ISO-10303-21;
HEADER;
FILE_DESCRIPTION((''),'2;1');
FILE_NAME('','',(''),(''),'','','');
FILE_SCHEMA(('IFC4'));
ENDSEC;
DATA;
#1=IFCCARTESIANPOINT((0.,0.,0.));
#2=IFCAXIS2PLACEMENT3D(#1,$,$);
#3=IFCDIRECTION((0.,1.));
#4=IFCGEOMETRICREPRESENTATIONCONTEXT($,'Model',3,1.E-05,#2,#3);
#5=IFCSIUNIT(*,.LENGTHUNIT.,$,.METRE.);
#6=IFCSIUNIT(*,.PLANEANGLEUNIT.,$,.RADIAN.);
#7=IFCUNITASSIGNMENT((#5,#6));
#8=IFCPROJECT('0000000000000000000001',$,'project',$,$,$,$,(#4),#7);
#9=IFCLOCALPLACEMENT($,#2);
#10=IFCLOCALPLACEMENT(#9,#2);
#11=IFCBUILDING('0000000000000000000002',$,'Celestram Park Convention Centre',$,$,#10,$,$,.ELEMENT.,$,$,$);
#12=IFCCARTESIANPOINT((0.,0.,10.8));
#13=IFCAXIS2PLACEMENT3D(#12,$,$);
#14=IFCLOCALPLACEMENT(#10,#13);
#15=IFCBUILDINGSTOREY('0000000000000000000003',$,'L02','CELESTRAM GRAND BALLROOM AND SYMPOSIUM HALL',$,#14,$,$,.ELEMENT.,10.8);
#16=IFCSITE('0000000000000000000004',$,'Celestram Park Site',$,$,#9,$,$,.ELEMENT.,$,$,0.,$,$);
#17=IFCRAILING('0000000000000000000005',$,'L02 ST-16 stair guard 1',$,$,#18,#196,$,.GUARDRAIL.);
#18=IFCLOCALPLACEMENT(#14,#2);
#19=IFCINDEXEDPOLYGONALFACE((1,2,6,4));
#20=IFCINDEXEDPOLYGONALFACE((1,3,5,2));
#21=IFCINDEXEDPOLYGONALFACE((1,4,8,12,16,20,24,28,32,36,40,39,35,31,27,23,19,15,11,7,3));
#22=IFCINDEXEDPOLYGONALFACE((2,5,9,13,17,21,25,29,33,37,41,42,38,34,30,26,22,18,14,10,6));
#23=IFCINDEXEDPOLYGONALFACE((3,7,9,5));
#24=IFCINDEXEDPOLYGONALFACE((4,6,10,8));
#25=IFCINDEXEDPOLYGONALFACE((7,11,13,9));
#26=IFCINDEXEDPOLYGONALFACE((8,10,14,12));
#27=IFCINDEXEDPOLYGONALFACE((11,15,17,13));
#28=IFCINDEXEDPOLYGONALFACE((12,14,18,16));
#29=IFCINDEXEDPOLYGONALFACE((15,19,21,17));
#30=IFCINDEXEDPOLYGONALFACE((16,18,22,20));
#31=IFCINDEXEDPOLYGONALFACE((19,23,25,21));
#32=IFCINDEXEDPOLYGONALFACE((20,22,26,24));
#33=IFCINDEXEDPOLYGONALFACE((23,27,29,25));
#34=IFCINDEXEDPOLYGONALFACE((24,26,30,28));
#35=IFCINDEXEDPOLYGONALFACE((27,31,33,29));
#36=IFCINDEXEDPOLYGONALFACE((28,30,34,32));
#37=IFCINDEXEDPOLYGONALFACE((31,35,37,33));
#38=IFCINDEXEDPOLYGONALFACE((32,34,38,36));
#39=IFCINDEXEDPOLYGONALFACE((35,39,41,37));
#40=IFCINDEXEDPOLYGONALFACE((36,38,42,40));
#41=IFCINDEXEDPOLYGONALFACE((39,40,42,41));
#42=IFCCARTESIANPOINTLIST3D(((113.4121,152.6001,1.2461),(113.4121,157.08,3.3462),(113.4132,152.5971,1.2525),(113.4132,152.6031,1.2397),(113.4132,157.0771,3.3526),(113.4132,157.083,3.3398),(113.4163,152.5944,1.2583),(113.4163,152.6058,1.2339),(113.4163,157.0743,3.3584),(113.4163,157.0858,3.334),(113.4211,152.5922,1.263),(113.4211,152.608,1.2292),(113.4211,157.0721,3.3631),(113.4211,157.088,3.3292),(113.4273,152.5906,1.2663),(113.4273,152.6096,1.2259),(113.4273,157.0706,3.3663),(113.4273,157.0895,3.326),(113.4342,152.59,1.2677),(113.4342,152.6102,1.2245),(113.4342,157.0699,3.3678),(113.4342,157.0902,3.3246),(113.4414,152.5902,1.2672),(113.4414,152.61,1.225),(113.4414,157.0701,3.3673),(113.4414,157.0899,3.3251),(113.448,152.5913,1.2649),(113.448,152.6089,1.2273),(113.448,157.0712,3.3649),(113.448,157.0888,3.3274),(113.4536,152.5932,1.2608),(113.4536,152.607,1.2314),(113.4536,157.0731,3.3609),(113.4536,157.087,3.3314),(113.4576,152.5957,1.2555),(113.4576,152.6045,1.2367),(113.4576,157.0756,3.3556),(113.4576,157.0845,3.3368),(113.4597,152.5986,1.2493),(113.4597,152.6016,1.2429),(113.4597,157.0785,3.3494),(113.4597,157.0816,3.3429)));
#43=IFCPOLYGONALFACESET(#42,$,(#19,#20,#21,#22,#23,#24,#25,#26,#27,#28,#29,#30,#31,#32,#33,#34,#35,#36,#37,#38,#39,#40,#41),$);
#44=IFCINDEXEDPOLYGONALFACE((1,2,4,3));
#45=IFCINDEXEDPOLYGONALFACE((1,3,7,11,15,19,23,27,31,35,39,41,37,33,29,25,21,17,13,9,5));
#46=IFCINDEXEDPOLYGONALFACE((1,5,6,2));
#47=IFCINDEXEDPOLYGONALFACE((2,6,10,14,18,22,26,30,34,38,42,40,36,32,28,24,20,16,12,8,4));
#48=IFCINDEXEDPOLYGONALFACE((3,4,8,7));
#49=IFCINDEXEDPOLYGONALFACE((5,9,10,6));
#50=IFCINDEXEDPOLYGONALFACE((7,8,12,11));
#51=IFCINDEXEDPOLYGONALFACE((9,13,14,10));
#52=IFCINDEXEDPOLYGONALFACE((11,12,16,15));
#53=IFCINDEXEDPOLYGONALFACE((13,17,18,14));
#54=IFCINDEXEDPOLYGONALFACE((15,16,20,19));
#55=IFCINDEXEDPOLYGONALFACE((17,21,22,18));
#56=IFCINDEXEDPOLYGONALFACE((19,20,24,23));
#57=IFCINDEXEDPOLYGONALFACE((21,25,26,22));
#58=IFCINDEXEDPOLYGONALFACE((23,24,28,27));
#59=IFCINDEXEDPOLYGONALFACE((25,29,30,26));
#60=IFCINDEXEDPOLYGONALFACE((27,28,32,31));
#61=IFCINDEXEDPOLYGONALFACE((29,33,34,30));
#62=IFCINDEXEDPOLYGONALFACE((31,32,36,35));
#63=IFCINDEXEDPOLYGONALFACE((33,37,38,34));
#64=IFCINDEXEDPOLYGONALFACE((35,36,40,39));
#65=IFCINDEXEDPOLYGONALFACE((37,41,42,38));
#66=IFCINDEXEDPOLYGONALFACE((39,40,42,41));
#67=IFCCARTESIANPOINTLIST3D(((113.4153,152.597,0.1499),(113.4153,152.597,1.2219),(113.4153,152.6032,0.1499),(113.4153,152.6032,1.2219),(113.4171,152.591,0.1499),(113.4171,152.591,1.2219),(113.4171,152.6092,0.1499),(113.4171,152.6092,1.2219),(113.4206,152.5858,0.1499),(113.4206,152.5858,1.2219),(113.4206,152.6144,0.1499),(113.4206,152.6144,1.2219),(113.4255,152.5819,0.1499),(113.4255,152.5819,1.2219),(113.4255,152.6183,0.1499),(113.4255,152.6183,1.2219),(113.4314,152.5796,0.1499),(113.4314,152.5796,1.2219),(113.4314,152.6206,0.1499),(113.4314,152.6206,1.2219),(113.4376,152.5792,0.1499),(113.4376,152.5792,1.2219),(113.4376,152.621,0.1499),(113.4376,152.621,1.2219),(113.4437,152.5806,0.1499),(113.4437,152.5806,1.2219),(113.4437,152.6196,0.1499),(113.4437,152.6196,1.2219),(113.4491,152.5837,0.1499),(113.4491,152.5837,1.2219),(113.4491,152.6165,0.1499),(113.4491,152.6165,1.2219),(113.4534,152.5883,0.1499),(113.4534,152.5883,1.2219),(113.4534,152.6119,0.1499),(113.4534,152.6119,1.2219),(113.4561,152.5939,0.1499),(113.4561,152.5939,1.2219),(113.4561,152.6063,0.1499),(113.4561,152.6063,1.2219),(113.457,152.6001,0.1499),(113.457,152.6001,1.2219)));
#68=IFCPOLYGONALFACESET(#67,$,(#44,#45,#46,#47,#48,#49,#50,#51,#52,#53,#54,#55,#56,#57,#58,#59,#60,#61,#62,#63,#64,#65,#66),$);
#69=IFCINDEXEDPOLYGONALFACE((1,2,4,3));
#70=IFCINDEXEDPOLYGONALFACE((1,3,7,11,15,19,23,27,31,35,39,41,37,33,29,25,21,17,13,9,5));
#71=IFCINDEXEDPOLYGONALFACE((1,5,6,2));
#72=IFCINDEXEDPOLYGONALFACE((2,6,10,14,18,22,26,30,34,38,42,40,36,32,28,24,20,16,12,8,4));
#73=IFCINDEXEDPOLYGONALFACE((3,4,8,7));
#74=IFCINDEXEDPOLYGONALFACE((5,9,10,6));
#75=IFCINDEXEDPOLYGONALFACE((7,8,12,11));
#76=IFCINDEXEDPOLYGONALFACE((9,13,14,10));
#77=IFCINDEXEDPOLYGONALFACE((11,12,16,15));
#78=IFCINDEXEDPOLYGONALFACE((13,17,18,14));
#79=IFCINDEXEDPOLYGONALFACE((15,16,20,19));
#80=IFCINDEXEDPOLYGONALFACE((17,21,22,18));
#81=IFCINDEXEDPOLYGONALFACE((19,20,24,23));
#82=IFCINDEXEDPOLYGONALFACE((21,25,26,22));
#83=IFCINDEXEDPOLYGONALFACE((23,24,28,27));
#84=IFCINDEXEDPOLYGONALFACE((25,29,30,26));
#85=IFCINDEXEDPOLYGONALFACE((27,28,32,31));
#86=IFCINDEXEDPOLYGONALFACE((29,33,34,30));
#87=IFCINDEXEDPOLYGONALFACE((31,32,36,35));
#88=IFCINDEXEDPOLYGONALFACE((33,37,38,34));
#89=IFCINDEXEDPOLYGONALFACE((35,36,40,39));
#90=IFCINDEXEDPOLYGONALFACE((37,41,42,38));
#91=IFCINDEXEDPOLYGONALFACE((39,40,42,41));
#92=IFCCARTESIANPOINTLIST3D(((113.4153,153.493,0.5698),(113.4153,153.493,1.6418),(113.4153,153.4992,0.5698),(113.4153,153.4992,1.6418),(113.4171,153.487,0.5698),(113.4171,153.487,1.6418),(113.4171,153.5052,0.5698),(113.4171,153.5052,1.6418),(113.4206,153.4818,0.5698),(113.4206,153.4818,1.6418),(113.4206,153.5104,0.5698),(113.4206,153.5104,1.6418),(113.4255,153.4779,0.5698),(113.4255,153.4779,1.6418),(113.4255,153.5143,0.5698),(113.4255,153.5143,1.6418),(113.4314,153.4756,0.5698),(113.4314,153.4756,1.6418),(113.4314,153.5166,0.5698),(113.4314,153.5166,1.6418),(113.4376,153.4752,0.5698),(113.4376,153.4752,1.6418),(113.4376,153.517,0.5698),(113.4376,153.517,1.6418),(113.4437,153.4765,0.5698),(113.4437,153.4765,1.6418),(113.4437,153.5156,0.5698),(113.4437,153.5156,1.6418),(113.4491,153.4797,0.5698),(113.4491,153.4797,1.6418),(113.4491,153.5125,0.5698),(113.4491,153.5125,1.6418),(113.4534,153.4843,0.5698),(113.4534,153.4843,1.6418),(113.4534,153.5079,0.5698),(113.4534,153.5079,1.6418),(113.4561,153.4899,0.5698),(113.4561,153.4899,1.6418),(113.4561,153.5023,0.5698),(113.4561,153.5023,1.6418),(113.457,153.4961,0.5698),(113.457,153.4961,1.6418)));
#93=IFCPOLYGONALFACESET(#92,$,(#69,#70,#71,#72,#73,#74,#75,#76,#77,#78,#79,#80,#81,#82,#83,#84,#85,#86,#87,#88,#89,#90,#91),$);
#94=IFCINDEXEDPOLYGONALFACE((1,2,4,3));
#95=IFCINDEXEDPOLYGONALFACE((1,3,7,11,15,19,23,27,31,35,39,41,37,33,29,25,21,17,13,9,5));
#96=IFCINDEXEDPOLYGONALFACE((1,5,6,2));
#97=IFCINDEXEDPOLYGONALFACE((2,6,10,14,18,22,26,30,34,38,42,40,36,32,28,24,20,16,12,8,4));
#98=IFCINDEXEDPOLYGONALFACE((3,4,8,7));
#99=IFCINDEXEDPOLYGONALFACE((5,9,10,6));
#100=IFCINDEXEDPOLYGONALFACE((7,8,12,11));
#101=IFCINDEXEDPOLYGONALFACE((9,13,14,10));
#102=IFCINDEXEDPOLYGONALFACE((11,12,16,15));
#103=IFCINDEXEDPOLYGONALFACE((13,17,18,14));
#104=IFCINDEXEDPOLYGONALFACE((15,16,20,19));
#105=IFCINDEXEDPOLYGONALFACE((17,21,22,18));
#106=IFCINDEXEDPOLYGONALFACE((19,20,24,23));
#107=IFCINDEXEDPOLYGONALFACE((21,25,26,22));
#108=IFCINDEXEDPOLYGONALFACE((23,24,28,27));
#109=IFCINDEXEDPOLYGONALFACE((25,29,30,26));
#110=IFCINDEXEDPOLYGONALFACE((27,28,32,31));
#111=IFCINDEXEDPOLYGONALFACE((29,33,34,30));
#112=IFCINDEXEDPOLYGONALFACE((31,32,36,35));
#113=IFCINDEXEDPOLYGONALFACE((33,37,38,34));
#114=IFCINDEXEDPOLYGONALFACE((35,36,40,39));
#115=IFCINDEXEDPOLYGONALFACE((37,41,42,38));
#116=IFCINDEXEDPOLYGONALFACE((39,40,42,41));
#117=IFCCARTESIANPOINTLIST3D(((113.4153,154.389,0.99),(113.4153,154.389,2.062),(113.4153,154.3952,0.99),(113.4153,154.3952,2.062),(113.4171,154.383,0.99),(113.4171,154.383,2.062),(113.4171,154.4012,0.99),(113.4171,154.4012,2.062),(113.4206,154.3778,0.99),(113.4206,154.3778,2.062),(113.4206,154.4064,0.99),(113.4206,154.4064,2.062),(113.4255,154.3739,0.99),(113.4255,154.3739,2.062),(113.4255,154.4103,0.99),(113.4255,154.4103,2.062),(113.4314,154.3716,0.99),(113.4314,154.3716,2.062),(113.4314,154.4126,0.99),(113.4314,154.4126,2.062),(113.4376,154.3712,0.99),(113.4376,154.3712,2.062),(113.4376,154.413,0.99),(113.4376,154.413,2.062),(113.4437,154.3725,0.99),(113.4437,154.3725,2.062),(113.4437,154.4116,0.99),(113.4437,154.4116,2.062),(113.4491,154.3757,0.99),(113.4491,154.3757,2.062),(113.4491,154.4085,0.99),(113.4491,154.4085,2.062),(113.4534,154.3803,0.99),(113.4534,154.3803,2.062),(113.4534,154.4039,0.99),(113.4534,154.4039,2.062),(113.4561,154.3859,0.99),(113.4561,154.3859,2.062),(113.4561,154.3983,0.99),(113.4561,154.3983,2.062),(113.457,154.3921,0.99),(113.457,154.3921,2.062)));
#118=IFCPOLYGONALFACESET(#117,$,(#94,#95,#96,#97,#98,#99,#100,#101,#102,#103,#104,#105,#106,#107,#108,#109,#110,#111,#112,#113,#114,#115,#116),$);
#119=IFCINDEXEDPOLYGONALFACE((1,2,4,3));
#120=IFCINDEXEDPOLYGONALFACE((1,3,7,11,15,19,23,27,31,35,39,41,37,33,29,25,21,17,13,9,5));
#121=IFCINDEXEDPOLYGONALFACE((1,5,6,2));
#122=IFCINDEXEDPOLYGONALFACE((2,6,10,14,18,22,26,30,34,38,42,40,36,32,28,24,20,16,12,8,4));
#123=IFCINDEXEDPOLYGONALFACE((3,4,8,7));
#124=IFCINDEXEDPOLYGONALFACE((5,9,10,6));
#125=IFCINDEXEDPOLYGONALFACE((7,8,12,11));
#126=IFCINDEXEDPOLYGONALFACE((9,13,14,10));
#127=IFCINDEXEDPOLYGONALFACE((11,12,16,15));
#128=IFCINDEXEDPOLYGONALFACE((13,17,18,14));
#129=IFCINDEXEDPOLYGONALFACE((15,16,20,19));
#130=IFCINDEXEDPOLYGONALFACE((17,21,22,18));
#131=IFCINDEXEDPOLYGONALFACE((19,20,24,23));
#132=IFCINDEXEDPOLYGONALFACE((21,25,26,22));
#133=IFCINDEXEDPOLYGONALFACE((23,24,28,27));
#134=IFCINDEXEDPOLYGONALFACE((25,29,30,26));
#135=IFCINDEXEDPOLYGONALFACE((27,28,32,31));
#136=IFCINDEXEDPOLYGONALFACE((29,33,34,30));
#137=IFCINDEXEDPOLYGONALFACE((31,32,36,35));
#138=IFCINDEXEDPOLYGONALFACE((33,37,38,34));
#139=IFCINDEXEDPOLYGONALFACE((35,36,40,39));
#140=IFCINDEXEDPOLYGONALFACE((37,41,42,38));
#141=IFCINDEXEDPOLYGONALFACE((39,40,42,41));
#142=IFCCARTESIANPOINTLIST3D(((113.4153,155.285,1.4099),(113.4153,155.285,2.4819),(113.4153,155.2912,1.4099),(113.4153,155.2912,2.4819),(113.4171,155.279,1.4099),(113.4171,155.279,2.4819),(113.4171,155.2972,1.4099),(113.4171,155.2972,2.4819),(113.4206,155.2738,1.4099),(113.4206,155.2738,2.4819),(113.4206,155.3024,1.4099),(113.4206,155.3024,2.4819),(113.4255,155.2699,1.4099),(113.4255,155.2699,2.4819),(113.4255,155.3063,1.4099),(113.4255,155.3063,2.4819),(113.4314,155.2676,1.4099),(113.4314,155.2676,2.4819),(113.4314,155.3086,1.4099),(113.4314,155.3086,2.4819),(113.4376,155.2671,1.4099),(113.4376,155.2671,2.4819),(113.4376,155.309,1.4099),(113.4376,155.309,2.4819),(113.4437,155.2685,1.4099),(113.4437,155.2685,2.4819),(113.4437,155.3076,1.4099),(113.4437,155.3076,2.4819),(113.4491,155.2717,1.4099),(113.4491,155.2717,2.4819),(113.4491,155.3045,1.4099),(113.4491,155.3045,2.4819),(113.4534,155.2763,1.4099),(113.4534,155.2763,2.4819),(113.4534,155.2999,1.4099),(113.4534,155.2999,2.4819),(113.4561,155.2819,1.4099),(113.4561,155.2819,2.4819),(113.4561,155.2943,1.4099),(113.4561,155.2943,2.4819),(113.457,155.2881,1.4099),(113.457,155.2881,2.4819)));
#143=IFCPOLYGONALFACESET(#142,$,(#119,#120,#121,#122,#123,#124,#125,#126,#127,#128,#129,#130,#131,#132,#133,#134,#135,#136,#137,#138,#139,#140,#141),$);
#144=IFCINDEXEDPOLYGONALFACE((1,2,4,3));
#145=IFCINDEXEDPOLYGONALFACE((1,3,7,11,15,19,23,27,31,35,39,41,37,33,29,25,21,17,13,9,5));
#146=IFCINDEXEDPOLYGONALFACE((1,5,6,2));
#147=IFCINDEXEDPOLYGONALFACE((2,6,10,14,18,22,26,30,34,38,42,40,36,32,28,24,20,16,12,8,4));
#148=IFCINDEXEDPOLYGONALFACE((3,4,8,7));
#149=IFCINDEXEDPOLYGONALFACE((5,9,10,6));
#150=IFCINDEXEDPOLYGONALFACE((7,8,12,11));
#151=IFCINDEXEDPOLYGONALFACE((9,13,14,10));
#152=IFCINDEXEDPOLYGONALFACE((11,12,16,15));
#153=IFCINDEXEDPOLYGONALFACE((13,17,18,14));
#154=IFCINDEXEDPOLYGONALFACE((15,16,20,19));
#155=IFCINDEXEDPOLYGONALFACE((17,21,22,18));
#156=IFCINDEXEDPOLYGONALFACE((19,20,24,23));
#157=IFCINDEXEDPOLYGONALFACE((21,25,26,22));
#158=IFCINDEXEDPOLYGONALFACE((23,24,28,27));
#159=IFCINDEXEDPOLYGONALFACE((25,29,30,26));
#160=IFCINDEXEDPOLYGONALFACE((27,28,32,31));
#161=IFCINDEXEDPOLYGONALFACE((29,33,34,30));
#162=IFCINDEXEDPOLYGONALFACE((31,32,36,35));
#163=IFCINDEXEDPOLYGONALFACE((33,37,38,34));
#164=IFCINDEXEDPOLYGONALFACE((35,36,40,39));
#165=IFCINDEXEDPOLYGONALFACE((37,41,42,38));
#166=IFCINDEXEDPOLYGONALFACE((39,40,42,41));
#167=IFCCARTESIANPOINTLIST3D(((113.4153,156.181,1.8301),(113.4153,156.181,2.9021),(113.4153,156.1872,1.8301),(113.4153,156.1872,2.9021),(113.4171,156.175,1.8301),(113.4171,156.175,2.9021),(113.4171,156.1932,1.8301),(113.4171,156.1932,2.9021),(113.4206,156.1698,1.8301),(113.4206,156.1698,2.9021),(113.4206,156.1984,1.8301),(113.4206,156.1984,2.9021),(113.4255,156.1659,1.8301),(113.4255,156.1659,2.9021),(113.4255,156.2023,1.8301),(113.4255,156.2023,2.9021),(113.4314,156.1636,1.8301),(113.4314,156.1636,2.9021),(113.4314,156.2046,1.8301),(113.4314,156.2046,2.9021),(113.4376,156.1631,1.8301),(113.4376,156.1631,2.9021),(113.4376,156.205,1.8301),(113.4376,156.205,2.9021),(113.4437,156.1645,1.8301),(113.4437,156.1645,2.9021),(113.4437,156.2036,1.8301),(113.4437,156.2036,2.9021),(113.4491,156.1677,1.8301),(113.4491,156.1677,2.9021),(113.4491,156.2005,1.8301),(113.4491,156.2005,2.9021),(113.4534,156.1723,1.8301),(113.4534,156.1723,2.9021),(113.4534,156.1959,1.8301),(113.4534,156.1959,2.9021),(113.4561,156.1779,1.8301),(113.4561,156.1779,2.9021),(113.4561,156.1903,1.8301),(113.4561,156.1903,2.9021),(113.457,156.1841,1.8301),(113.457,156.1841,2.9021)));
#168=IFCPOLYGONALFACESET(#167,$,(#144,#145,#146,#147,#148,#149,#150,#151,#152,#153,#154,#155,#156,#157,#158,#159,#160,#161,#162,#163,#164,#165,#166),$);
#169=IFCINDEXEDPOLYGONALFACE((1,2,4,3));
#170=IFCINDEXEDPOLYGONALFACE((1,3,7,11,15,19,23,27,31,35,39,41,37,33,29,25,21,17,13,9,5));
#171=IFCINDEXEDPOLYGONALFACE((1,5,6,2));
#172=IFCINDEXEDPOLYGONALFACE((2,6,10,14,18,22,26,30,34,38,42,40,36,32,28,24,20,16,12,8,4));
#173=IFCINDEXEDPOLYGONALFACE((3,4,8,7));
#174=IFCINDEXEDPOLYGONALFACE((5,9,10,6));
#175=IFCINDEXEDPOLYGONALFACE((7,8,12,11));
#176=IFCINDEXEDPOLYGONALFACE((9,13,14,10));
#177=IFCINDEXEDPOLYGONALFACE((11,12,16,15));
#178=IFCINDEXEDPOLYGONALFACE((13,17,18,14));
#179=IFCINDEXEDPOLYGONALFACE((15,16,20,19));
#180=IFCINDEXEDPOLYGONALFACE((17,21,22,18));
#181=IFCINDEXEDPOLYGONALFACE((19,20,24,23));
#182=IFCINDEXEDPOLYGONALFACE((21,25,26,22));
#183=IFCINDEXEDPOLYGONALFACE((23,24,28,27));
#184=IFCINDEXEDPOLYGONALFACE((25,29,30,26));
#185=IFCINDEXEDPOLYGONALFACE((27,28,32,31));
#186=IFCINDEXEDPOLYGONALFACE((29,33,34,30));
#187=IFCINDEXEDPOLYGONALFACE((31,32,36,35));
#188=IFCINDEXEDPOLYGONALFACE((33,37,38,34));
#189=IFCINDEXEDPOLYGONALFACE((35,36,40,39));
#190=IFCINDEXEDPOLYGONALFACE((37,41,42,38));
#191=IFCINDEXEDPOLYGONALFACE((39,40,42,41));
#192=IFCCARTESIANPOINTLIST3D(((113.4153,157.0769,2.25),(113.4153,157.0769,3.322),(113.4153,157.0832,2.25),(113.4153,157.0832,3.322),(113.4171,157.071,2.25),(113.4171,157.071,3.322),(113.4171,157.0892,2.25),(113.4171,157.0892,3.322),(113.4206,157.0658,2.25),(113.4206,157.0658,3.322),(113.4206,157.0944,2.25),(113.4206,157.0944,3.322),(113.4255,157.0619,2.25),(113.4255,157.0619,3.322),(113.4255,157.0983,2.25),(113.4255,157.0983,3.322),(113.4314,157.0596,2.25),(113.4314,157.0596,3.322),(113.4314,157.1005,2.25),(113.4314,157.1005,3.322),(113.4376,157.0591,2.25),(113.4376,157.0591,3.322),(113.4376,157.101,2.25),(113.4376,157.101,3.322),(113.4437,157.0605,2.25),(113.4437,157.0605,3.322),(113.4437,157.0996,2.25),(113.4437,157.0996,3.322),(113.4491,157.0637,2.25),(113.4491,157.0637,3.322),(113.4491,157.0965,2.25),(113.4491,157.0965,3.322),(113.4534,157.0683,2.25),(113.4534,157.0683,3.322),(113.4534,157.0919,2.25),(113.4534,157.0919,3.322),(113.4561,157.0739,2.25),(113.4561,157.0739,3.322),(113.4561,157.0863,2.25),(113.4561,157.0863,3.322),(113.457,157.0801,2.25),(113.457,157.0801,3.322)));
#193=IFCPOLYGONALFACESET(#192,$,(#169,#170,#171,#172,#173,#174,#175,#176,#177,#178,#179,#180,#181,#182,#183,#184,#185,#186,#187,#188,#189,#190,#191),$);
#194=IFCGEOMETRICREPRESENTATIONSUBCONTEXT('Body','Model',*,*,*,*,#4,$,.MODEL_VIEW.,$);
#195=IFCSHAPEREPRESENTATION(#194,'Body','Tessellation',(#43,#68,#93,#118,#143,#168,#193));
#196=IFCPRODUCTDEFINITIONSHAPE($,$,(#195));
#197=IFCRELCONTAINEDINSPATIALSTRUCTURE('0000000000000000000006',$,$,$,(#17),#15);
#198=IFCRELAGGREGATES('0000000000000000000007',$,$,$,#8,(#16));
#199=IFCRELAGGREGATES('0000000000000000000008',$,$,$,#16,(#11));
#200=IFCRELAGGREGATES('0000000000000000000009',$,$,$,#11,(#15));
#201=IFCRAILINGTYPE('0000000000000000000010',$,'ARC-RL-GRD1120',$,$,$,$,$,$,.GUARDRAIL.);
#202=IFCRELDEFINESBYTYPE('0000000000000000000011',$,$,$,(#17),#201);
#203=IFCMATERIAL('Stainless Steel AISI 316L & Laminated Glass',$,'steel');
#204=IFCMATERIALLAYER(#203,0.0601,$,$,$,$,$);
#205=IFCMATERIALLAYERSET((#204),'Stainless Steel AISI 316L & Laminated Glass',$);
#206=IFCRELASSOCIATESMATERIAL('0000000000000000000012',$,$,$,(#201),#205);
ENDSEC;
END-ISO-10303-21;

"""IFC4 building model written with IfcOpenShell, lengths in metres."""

from ifc_helpers import new_model, si_unit, direction, frame, origin, origin_2d, place, context, subcontext, project, spatial, circle, extrude, material, layer, layer_set, type_object, element, save


model = new_model("IFC4")

# Units and contexts
model_context = context("Model", 3, precision=1e-05, world=origin(), true_north=direction((0.0, 1.0)))
body_context = subcontext(model_context, "Body", "Model", "MODEL_VIEW")
ifc_project = project(units=[si_unit("LENGTHUNIT", "METRE"), si_unit("PLANEANGLEUNIT", "RADIAN")], contexts=[model_context])

# Site, building, storey
site_placement = place(None, origin())
site = spatial("IfcSite", under=ifc_project, at=site_placement, Name="Celestram Park Site", CompositionType="ELEMENT", RefElevation=0.0)
building_placement = place(site_placement, origin())
building = spatial("IfcBuilding", under=site, at=building_placement, Name="Celestram Park Convention Centre", CompositionType="ELEMENT")
storey_placement = place(building_placement, frame((0.0, 0.0, 10.8)))
storey = spatial("IfcBuildingStorey", under=building, at=storey_placement, Name="L02", Description="CELESTRAM GRAND BALLROOM AND SYMPOSIUM HALL", CompositionType="ELEMENT", Elevation=10.8)

# Railing
ifc_material_1 = material(Name="Stainless Steel AISI 316L & Laminated Glass", Category="steel")
ifc_layer_1 = layer(ifc_material_1, 0.0601)
ifc_layer_set_1 = layer_set([ifc_layer_1], Name="Stainless Steel AISI 316L & Laminated Glass")
railing_type = type_object("IfcRailingType", Name="ARC-RL-GRD1120", PredefinedType="GUARDRAIL", material=ifc_layer_set_1)
railing_1_placement = place(storey_placement, frame((113.436, 152.6001, 0.1499)))
element("IfcRailing", 1, at=railing_1_placement, inside=storey, type_object=railing_type, Name="L02 ST-16 stair guard 1", PredefinedType="GUARDRAIL", context=body_context, shape_type="SweptSolid", body=[
    extrude(circle(Radius=0.0239, at=origin_2d()), frame((0.0, 0.0, 1.0962), z_axis=(0.0, 0.905451, 0.424452), x_axis=(-1.0, 0.0, 0.0)), (0.0, 0.0, 1.0), 4.9478),
    extrude(circle(Radius=0.021, at=origin_2d()), origin(), (0.0, 0.0, 1.0), 1.072),
    extrude(circle(Radius=0.021, at=origin_2d()), frame((0.0, 0.896, 0.4199)), (0.0, 0.0, 1.0), 1.072),
    extrude(circle(Radius=0.021, at=origin_2d()), frame((0.0, 1.792, 0.8401)), (0.0, 0.0, 1.0), 1.072),
    extrude(circle(Radius=0.021, at=origin_2d()), frame((0.0, 2.688, 1.26)), (0.0, 0.0, 1.0), 1.072),
    extrude(circle(Radius=0.021, at=origin_2d()), frame((0.0, 3.584, 1.6802)), (0.0, 0.0, 1.0), 1.072),
    extrude(circle(Radius=0.021, at=origin_2d()), frame((0.0, 4.48, 2.1001)), (0.0, 0.0, 1.0), 1.072),
])

save(model, "model.ifc")
